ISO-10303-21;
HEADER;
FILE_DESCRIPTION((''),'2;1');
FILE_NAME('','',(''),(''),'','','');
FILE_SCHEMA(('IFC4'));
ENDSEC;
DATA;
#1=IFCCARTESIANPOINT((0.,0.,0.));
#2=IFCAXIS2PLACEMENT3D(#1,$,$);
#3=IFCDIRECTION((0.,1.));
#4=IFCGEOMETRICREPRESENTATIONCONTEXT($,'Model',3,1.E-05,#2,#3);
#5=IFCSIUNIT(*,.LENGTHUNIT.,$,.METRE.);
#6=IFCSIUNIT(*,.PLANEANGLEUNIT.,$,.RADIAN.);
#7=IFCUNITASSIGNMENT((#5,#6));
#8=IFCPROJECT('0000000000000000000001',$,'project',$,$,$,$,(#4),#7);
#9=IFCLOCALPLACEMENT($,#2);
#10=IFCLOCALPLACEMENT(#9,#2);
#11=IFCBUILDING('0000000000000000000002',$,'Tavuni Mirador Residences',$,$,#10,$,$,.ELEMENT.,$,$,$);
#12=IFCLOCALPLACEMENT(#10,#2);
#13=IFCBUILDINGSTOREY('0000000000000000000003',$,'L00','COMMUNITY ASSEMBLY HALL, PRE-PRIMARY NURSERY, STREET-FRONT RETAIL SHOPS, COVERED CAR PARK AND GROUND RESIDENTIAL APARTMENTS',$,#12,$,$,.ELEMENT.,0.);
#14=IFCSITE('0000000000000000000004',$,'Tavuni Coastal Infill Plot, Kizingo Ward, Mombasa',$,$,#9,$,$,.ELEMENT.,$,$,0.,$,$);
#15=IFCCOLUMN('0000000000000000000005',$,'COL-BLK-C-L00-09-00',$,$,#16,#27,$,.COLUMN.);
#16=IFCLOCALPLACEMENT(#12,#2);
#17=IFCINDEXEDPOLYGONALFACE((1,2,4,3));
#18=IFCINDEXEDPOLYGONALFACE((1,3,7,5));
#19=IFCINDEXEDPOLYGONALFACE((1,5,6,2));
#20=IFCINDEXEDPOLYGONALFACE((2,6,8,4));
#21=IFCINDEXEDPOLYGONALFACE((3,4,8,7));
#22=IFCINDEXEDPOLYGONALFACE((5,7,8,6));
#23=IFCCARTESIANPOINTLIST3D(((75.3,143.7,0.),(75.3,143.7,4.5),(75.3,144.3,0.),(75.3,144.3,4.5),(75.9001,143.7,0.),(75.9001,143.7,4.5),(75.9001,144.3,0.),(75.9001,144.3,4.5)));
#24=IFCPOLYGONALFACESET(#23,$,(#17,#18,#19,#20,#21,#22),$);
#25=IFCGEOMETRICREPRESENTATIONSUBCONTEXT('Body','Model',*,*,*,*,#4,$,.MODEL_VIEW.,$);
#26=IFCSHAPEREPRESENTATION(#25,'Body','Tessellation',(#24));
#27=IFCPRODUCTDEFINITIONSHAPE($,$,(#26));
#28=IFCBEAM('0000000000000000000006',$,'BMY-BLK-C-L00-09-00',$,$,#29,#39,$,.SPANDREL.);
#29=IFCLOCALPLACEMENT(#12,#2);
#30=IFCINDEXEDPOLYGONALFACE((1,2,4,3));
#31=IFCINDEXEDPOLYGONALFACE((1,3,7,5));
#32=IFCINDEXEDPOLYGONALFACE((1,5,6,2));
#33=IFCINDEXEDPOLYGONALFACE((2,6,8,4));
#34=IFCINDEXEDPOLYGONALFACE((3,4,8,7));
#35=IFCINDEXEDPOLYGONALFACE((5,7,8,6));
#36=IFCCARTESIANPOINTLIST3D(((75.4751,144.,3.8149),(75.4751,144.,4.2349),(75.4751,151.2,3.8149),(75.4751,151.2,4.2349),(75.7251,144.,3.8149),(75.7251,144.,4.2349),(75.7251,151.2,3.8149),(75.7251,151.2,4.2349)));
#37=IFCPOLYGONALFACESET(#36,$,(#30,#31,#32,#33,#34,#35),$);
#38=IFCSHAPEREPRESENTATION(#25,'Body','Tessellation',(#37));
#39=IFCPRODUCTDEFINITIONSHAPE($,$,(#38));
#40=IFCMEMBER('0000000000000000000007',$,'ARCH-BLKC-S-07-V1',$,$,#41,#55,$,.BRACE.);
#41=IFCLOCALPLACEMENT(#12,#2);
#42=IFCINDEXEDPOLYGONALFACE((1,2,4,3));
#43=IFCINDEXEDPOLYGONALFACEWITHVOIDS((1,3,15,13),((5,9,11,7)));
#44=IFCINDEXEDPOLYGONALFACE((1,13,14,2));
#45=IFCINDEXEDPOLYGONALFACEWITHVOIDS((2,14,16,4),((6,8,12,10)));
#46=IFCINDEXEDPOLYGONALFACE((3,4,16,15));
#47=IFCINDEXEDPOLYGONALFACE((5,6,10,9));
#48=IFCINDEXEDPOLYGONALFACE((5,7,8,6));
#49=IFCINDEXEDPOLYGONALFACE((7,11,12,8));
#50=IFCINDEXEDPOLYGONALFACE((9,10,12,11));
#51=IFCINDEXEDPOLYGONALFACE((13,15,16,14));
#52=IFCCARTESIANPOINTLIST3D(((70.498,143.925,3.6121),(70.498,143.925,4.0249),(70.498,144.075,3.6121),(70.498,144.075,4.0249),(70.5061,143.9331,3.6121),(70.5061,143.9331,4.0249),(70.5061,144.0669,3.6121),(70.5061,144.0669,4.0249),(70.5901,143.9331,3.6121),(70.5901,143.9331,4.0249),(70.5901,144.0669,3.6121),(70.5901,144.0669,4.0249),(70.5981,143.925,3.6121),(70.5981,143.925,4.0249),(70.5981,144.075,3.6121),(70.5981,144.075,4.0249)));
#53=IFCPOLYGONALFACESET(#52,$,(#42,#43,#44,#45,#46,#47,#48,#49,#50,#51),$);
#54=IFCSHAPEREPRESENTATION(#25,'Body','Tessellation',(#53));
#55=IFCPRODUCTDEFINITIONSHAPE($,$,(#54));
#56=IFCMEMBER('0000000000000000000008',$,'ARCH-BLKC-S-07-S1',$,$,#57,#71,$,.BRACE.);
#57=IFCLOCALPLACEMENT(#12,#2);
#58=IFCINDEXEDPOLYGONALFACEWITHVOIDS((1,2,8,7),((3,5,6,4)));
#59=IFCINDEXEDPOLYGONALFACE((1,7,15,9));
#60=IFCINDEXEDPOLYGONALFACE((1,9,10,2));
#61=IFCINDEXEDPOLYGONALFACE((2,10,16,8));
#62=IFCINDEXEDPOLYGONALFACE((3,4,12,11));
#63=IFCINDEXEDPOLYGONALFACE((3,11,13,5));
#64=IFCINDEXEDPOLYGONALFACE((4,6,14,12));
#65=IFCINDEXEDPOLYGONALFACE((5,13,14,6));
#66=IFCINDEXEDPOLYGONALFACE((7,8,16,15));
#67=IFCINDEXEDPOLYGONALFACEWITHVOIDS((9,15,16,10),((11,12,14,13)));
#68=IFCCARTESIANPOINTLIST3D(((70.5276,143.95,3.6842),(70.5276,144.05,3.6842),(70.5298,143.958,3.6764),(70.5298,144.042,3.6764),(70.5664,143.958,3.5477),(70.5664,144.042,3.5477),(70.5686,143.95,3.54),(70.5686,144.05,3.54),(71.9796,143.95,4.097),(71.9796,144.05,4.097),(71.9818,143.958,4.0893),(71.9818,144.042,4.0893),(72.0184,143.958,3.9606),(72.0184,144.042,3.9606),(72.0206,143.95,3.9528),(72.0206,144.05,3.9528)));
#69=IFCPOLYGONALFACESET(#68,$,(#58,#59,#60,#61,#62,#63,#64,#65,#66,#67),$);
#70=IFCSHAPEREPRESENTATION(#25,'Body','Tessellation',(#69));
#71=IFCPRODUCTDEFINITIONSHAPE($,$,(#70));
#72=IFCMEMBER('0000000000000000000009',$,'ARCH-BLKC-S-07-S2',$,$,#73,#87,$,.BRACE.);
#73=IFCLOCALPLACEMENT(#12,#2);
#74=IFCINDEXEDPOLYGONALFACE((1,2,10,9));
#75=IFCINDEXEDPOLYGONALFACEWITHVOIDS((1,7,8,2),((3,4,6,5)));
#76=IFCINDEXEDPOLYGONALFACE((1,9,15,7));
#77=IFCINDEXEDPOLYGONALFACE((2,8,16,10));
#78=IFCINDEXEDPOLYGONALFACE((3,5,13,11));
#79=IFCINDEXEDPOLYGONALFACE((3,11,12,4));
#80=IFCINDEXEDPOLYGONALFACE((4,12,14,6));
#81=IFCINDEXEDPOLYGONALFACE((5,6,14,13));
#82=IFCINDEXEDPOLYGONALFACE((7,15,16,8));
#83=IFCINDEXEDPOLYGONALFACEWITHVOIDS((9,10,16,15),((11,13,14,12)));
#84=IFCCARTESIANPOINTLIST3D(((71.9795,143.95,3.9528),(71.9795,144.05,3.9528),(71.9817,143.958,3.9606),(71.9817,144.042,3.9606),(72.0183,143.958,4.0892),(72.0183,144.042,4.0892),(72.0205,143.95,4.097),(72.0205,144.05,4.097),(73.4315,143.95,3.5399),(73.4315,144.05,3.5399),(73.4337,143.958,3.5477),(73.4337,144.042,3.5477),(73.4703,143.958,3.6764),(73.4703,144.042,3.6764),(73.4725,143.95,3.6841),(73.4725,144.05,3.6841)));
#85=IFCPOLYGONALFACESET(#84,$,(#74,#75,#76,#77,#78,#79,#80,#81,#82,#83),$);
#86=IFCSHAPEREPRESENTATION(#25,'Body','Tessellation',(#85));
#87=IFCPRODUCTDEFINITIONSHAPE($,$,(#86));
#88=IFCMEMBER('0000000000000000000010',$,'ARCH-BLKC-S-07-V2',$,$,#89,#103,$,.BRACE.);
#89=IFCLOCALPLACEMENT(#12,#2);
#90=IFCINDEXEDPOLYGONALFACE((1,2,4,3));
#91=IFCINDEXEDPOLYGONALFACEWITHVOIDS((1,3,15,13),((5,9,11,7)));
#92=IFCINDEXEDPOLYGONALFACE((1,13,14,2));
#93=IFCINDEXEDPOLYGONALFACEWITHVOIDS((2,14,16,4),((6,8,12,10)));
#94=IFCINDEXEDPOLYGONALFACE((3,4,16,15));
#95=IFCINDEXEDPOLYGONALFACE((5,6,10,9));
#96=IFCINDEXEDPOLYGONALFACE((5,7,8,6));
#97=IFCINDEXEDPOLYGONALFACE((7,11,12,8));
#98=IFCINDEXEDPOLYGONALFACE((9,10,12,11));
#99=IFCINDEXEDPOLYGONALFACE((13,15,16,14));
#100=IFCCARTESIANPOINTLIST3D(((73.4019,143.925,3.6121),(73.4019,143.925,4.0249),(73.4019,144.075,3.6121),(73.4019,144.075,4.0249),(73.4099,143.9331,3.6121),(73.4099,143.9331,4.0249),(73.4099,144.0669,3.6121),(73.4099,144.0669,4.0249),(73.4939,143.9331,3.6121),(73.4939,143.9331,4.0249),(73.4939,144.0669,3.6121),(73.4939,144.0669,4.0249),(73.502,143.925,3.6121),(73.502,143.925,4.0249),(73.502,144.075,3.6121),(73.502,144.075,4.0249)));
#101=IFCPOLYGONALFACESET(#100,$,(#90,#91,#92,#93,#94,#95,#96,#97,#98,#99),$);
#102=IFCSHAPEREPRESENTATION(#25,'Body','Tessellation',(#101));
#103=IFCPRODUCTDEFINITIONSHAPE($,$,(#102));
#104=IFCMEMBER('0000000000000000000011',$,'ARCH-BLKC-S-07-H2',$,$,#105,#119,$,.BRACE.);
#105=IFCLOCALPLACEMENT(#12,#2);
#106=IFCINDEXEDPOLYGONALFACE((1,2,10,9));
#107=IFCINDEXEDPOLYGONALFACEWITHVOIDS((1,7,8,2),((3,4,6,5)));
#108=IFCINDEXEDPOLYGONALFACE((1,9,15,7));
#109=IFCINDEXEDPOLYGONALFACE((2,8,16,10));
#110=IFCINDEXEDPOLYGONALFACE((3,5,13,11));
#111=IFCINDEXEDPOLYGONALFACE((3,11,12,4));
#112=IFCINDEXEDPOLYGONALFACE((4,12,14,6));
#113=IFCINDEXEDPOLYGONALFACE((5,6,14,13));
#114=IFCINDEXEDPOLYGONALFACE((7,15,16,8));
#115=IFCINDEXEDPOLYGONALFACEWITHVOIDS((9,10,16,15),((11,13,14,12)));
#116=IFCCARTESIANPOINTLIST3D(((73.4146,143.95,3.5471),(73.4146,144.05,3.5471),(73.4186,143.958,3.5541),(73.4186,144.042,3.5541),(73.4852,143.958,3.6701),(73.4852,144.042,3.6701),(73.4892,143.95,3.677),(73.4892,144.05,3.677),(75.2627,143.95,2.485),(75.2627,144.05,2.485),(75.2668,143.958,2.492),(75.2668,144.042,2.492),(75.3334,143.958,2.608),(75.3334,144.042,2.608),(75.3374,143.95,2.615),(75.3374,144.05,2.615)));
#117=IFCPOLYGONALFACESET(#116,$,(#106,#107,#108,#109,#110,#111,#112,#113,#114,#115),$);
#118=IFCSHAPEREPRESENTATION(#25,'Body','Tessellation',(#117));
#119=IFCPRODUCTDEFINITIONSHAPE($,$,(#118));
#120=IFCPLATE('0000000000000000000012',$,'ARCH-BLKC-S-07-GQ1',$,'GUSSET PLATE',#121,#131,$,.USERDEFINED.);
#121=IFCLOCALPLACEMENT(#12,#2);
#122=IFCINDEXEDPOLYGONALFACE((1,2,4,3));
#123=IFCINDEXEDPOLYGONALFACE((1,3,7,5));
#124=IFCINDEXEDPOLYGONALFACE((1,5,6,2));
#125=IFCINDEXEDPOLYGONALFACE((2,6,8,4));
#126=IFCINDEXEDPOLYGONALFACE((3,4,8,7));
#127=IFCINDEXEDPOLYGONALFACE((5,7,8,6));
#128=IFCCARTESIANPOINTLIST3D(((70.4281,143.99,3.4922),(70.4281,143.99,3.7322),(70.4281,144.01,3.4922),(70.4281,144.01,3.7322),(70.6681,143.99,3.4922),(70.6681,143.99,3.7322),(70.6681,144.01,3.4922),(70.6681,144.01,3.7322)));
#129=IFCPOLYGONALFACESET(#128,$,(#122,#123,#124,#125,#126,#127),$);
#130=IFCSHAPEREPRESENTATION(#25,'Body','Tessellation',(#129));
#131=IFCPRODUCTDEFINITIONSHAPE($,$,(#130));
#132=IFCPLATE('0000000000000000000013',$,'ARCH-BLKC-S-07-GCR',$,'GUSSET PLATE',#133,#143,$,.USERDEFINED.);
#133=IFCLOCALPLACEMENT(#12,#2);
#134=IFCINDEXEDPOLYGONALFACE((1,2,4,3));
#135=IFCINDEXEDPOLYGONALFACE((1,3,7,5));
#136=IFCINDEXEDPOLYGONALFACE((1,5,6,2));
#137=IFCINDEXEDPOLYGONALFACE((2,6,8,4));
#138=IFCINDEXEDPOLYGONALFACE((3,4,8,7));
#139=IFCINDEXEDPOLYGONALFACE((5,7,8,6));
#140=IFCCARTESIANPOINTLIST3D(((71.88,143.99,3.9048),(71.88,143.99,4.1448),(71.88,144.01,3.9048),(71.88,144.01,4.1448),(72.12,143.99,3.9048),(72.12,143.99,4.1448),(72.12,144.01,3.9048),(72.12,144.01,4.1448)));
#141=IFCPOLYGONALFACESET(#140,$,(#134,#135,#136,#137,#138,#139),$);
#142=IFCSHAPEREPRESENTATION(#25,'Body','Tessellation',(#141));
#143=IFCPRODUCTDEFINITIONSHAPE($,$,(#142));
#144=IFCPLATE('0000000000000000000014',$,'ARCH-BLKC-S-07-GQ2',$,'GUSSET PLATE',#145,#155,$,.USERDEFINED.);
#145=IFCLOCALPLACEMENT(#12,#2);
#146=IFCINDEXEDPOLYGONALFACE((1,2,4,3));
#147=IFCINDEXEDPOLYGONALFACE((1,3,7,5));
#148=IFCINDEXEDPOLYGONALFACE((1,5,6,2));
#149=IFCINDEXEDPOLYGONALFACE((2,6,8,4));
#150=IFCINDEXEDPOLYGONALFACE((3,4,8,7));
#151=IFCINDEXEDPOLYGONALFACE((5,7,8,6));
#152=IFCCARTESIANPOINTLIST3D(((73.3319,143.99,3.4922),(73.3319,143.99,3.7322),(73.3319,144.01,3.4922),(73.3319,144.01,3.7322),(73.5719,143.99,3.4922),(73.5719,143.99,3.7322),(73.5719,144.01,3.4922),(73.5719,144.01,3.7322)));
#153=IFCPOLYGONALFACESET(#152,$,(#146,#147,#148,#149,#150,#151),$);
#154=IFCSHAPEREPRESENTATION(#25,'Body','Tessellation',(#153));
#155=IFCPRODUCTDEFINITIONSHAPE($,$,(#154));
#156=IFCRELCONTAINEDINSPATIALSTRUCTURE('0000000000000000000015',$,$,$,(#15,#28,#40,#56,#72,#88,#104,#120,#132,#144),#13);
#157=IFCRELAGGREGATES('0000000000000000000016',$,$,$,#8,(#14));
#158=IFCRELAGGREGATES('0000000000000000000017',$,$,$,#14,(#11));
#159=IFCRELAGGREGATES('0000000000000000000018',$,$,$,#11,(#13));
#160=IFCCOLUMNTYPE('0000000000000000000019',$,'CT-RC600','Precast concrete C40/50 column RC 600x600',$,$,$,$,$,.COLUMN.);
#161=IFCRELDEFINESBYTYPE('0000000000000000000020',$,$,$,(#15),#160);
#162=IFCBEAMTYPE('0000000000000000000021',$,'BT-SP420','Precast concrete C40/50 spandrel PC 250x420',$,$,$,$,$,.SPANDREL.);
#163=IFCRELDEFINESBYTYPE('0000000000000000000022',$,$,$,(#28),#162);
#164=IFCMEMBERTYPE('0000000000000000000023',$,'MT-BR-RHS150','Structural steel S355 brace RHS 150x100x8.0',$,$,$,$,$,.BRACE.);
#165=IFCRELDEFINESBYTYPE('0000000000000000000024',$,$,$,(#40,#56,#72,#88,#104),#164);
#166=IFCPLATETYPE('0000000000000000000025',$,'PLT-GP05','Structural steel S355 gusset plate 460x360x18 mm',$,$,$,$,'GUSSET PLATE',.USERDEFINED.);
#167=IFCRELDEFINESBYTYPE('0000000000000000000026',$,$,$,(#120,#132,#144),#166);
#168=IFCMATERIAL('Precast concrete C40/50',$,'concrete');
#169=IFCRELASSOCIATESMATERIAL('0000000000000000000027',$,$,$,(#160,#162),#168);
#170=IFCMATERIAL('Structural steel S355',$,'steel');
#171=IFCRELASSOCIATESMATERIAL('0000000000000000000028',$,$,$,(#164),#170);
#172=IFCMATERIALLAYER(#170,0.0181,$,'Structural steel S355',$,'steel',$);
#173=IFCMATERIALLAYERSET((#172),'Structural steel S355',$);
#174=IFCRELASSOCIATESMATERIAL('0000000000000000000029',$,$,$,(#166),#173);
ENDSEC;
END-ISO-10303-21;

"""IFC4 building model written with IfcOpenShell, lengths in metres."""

from ifc_helpers import new_model, si_unit, direction, frame, origin, origin_2d, place, context, subcontext, project, spatial, rectangle, hollow_rectangle, extrude, material, layer, layer_set, material_profile, profile_set, type_object, element, save


model = new_model("IFC4")

# Units and contexts
model_context = context("Model", 3, precision=1e-05, world=origin(), true_north=direction((0.0, 1.0)))
body_context = subcontext(model_context, "Body", "Model", "MODEL_VIEW")
ifc_project = project(units=[si_unit("LENGTHUNIT", "METRE"), si_unit("PLANEANGLEUNIT", "RADIAN")], contexts=[model_context])

# Site, building, storey
site_placement = place(None, origin())
site = spatial("IfcSite", under=ifc_project, at=site_placement, Name="Tavuni Coastal Infill Plot, Kizingo Ward, Mombasa", CompositionType="ELEMENT", RefElevation=0.0)
building_placement = place(site_placement, origin())
building = spatial("IfcBuilding", under=site, at=building_placement, Name="Tavuni Mirador Residences", CompositionType="ELEMENT")
storey_placement = place(building_placement, origin())
storey = spatial("IfcBuildingStorey", under=building, at=storey_placement, Name="L00", Description="COMMUNITY ASSEMBLY HALL, PRE-PRIMARY NURSERY, STREET-FRONT RETAIL SHOPS, COVERED CAR PARK AND GROUND RESIDENTIAL APARTMENTS", CompositionType="ELEMENT", Elevation=0.0)

# Column
ifc_material_1 = material(Name="Precast concrete C40/50", Category="concrete")
ifc_material_profile_1 = material_profile(ifc_material_1, rectangle(XDim=0.6001, YDim=0.6001, at=origin_2d()), Name="RC 600x600", Category="concrete")
ifc_profile_set_1 = profile_set([ifc_material_profile_1], Name="Precast concrete C40/50")
column_type = type_object("IfcColumnType", Name="CT-RC600", Description="Precast concrete C40/50 column RC 600x600", PredefinedType="COLUMN", material=ifc_profile_set_1)
column_placement = place(storey_placement, frame((75.6001, 144.0, 0.0), z_axis=(0.0, 0.0, 1.0), x_axis=(1.0, 0.0, 0.0)))
element("IfcColumn", 1, at=column_placement, inside=storey, type_object=column_type, Name="COL-BLK-C-L00-09-00", PredefinedType="COLUMN", context=body_context, shape_type="SweptSolid", body=[
    extrude(rectangle(XDim=0.6001, YDim=0.6001, at=origin_2d()), origin(), (0.0, 0.0, 1.0), 4.5),
])

# Beam
ifc_material_profile_2 = material_profile(ifc_material_1, rectangle(XDim=0.25, YDim=0.4199, at=origin_2d()), Name="PC 250x420", Category="concrete")
ifc_profile_set_2 = profile_set([ifc_material_profile_2], Name="Precast concrete C40/50")
beam_type = type_object("IfcBeamType", Name="BT-SP420", Description="Precast concrete C40/50 spandrel PC 250x420", PredefinedType="SPANDREL", material=ifc_profile_set_2)
beam_placement = place(storey_placement, frame((75.6001, 144.0, 4.0249), z_axis=(0.0, 1.0, 0.0), x_axis=(-1.0, 0.0, 0.0)))
element("IfcBeam", 2, at=beam_placement, inside=storey, type_object=beam_type, Name="BMY-BLK-C-L00-09-00", PredefinedType="SPANDREL", context=body_context, shape_type="SweptSolid", body=[
    extrude(rectangle(XDim=0.25, YDim=0.4199, at=origin_2d()), origin(), (0.0, 0.0, 1.0), 7.2),
])

# Members
ifc_material_2 = material(Name="Structural steel S355", Category="steel")
ifc_material_profile_3 = material_profile(ifc_material_2, hollow_rectangle(XDim=0.1001, YDim=0.1499, WallThickness=0.0081, at=origin_2d()), Name="RHS 150x100x8.0", Category="steel")
ifc_profile_set_3 = profile_set([ifc_material_profile_3], Name="Structural steel S355")
member_type = type_object("IfcMemberType", Name="MT-BR-RHS150", Description="Structural steel S355 brace RHS 150x100x8.0", PredefinedType="BRACE", material=ifc_profile_set_3)
member_1_placement = place(storey_placement, frame((70.5481, 144.0, 3.6121), z_axis=(0.0, 0.0, 1.0), x_axis=(1.0, 0.0, 0.0)))
element("IfcMember", 3, at=member_1_placement, inside=storey, type_object=member_type, Name="ARCH-BLKC-S-07-V1", PredefinedType="BRACE", context=body_context, shape_type="SweptSolid", body=[
    extrude(hollow_rectangle(XDim=0.1001, YDim=0.1499, WallThickness=0.0081, at=origin_2d()), origin(), (0.0, 0.0, 1.0), 0.4128),
])
for number, where, z_axis, x_axis, name in (
    (4, (70.5481, 144.0, 3.6121), (0.961871, 0.0, 0.273503), (0.0, 1.0, 0.0), "ARCH-BLKC-S-07-S1"),
    (5, (72.0, 144.0, 4.0249), (0.961871, 0.0, -0.273503), (0.0, 1.0, 0.0), "ARCH-BLKC-S-07-S2"),
):
    element("IfcMember", number, at=place(storey_placement, frame(where, z_axis=z_axis, x_axis=x_axis)), inside=storey, type_object=member_type, Name=name, PredefinedType="BRACE", context=body_context, shape_type="SweptSolid", body=[
        extrude(hollow_rectangle(XDim=0.1001, YDim=0.1499, WallThickness=0.0081, at=origin_2d()), origin(), (0.0, 0.0, 1.0), 1.5095),
    ])
member_2_placement = place(storey_placement, frame((73.4519, 144.0, 3.6121), z_axis=(0.0, 0.0, 1.0), x_axis=(1.0, 0.0, 0.0)))
element("IfcMember", 6, at=member_2_placement, inside=storey, type_object=member_type, Name="ARCH-BLKC-S-07-V2", PredefinedType="BRACE", context=body_context, shape_type="SweptSolid", body=[
    extrude(hollow_rectangle(XDim=0.1001, YDim=0.1499, WallThickness=0.0081, at=origin_2d()), origin(), (0.0, 0.0, 1.0), 0.4128),
])
member_3_placement = place(storey_placement, frame((73.4519, 144.0, 3.6121), z_axis=(0.867042, 0.0, -0.498234), x_axis=(0.0, 1.0, 0.0)))
element("IfcMember", 7, at=member_3_placement, inside=storey, type_object=member_type, Name="ARCH-BLKC-S-07-H2", PredefinedType="BRACE", context=body_context, shape_type="SweptSolid", body=[
    extrude(hollow_rectangle(XDim=0.1001, YDim=0.1499, WallThickness=0.0081, at=origin_2d()), origin(), (0.0, 0.0, 1.0), 2.1316),
])

# Plates
ifc_layer_1 = layer(ifc_material_2, 0.0181, Name="Structural steel S355", Category="steel")
ifc_layer_set_1 = layer_set([ifc_layer_1], Name="Structural steel S355")
plate_type = type_object("IfcPlateType", Name="PLT-GP05", Description="Structural steel S355 gusset plate 460x360x18 mm", ElementType="GUSSET PLATE", PredefinedType="USERDEFINED", material=ifc_layer_set_1)
for number, where, z_axis, x_axis, name in (
    (8, (70.5481, 144.0, 3.4922), (0.0, 0.0, 1.0), (1.0, 0.0, 0.0), "ARCH-BLKC-S-07-GQ1"),
    (9, (72.0, 144.0, 3.9048), (0.0, 0.0, 1.0), (1.0, 0.0, 0.0), "ARCH-BLKC-S-07-GCR"),
    (10, (73.4519, 144.0, 3.4922), (0.0, 0.0, 1.0), (1.0, 0.0, 0.0), "ARCH-BLKC-S-07-GQ2"),
):
    element("IfcPlate", number, at=place(storey_placement, frame(where, z_axis=z_axis, x_axis=x_axis)), inside=storey, type_object=plate_type, Name=name, ObjectType="GUSSET PLATE", PredefinedType="USERDEFINED", context=body_context, shape_type="SweptSolid", body=[
        extrude(rectangle(XDim=0.24, YDim=0.02, at=origin_2d()), origin(), (0.0, 0.0, 1.0), 0.24),
    ])

save(model, "model.ifc")
